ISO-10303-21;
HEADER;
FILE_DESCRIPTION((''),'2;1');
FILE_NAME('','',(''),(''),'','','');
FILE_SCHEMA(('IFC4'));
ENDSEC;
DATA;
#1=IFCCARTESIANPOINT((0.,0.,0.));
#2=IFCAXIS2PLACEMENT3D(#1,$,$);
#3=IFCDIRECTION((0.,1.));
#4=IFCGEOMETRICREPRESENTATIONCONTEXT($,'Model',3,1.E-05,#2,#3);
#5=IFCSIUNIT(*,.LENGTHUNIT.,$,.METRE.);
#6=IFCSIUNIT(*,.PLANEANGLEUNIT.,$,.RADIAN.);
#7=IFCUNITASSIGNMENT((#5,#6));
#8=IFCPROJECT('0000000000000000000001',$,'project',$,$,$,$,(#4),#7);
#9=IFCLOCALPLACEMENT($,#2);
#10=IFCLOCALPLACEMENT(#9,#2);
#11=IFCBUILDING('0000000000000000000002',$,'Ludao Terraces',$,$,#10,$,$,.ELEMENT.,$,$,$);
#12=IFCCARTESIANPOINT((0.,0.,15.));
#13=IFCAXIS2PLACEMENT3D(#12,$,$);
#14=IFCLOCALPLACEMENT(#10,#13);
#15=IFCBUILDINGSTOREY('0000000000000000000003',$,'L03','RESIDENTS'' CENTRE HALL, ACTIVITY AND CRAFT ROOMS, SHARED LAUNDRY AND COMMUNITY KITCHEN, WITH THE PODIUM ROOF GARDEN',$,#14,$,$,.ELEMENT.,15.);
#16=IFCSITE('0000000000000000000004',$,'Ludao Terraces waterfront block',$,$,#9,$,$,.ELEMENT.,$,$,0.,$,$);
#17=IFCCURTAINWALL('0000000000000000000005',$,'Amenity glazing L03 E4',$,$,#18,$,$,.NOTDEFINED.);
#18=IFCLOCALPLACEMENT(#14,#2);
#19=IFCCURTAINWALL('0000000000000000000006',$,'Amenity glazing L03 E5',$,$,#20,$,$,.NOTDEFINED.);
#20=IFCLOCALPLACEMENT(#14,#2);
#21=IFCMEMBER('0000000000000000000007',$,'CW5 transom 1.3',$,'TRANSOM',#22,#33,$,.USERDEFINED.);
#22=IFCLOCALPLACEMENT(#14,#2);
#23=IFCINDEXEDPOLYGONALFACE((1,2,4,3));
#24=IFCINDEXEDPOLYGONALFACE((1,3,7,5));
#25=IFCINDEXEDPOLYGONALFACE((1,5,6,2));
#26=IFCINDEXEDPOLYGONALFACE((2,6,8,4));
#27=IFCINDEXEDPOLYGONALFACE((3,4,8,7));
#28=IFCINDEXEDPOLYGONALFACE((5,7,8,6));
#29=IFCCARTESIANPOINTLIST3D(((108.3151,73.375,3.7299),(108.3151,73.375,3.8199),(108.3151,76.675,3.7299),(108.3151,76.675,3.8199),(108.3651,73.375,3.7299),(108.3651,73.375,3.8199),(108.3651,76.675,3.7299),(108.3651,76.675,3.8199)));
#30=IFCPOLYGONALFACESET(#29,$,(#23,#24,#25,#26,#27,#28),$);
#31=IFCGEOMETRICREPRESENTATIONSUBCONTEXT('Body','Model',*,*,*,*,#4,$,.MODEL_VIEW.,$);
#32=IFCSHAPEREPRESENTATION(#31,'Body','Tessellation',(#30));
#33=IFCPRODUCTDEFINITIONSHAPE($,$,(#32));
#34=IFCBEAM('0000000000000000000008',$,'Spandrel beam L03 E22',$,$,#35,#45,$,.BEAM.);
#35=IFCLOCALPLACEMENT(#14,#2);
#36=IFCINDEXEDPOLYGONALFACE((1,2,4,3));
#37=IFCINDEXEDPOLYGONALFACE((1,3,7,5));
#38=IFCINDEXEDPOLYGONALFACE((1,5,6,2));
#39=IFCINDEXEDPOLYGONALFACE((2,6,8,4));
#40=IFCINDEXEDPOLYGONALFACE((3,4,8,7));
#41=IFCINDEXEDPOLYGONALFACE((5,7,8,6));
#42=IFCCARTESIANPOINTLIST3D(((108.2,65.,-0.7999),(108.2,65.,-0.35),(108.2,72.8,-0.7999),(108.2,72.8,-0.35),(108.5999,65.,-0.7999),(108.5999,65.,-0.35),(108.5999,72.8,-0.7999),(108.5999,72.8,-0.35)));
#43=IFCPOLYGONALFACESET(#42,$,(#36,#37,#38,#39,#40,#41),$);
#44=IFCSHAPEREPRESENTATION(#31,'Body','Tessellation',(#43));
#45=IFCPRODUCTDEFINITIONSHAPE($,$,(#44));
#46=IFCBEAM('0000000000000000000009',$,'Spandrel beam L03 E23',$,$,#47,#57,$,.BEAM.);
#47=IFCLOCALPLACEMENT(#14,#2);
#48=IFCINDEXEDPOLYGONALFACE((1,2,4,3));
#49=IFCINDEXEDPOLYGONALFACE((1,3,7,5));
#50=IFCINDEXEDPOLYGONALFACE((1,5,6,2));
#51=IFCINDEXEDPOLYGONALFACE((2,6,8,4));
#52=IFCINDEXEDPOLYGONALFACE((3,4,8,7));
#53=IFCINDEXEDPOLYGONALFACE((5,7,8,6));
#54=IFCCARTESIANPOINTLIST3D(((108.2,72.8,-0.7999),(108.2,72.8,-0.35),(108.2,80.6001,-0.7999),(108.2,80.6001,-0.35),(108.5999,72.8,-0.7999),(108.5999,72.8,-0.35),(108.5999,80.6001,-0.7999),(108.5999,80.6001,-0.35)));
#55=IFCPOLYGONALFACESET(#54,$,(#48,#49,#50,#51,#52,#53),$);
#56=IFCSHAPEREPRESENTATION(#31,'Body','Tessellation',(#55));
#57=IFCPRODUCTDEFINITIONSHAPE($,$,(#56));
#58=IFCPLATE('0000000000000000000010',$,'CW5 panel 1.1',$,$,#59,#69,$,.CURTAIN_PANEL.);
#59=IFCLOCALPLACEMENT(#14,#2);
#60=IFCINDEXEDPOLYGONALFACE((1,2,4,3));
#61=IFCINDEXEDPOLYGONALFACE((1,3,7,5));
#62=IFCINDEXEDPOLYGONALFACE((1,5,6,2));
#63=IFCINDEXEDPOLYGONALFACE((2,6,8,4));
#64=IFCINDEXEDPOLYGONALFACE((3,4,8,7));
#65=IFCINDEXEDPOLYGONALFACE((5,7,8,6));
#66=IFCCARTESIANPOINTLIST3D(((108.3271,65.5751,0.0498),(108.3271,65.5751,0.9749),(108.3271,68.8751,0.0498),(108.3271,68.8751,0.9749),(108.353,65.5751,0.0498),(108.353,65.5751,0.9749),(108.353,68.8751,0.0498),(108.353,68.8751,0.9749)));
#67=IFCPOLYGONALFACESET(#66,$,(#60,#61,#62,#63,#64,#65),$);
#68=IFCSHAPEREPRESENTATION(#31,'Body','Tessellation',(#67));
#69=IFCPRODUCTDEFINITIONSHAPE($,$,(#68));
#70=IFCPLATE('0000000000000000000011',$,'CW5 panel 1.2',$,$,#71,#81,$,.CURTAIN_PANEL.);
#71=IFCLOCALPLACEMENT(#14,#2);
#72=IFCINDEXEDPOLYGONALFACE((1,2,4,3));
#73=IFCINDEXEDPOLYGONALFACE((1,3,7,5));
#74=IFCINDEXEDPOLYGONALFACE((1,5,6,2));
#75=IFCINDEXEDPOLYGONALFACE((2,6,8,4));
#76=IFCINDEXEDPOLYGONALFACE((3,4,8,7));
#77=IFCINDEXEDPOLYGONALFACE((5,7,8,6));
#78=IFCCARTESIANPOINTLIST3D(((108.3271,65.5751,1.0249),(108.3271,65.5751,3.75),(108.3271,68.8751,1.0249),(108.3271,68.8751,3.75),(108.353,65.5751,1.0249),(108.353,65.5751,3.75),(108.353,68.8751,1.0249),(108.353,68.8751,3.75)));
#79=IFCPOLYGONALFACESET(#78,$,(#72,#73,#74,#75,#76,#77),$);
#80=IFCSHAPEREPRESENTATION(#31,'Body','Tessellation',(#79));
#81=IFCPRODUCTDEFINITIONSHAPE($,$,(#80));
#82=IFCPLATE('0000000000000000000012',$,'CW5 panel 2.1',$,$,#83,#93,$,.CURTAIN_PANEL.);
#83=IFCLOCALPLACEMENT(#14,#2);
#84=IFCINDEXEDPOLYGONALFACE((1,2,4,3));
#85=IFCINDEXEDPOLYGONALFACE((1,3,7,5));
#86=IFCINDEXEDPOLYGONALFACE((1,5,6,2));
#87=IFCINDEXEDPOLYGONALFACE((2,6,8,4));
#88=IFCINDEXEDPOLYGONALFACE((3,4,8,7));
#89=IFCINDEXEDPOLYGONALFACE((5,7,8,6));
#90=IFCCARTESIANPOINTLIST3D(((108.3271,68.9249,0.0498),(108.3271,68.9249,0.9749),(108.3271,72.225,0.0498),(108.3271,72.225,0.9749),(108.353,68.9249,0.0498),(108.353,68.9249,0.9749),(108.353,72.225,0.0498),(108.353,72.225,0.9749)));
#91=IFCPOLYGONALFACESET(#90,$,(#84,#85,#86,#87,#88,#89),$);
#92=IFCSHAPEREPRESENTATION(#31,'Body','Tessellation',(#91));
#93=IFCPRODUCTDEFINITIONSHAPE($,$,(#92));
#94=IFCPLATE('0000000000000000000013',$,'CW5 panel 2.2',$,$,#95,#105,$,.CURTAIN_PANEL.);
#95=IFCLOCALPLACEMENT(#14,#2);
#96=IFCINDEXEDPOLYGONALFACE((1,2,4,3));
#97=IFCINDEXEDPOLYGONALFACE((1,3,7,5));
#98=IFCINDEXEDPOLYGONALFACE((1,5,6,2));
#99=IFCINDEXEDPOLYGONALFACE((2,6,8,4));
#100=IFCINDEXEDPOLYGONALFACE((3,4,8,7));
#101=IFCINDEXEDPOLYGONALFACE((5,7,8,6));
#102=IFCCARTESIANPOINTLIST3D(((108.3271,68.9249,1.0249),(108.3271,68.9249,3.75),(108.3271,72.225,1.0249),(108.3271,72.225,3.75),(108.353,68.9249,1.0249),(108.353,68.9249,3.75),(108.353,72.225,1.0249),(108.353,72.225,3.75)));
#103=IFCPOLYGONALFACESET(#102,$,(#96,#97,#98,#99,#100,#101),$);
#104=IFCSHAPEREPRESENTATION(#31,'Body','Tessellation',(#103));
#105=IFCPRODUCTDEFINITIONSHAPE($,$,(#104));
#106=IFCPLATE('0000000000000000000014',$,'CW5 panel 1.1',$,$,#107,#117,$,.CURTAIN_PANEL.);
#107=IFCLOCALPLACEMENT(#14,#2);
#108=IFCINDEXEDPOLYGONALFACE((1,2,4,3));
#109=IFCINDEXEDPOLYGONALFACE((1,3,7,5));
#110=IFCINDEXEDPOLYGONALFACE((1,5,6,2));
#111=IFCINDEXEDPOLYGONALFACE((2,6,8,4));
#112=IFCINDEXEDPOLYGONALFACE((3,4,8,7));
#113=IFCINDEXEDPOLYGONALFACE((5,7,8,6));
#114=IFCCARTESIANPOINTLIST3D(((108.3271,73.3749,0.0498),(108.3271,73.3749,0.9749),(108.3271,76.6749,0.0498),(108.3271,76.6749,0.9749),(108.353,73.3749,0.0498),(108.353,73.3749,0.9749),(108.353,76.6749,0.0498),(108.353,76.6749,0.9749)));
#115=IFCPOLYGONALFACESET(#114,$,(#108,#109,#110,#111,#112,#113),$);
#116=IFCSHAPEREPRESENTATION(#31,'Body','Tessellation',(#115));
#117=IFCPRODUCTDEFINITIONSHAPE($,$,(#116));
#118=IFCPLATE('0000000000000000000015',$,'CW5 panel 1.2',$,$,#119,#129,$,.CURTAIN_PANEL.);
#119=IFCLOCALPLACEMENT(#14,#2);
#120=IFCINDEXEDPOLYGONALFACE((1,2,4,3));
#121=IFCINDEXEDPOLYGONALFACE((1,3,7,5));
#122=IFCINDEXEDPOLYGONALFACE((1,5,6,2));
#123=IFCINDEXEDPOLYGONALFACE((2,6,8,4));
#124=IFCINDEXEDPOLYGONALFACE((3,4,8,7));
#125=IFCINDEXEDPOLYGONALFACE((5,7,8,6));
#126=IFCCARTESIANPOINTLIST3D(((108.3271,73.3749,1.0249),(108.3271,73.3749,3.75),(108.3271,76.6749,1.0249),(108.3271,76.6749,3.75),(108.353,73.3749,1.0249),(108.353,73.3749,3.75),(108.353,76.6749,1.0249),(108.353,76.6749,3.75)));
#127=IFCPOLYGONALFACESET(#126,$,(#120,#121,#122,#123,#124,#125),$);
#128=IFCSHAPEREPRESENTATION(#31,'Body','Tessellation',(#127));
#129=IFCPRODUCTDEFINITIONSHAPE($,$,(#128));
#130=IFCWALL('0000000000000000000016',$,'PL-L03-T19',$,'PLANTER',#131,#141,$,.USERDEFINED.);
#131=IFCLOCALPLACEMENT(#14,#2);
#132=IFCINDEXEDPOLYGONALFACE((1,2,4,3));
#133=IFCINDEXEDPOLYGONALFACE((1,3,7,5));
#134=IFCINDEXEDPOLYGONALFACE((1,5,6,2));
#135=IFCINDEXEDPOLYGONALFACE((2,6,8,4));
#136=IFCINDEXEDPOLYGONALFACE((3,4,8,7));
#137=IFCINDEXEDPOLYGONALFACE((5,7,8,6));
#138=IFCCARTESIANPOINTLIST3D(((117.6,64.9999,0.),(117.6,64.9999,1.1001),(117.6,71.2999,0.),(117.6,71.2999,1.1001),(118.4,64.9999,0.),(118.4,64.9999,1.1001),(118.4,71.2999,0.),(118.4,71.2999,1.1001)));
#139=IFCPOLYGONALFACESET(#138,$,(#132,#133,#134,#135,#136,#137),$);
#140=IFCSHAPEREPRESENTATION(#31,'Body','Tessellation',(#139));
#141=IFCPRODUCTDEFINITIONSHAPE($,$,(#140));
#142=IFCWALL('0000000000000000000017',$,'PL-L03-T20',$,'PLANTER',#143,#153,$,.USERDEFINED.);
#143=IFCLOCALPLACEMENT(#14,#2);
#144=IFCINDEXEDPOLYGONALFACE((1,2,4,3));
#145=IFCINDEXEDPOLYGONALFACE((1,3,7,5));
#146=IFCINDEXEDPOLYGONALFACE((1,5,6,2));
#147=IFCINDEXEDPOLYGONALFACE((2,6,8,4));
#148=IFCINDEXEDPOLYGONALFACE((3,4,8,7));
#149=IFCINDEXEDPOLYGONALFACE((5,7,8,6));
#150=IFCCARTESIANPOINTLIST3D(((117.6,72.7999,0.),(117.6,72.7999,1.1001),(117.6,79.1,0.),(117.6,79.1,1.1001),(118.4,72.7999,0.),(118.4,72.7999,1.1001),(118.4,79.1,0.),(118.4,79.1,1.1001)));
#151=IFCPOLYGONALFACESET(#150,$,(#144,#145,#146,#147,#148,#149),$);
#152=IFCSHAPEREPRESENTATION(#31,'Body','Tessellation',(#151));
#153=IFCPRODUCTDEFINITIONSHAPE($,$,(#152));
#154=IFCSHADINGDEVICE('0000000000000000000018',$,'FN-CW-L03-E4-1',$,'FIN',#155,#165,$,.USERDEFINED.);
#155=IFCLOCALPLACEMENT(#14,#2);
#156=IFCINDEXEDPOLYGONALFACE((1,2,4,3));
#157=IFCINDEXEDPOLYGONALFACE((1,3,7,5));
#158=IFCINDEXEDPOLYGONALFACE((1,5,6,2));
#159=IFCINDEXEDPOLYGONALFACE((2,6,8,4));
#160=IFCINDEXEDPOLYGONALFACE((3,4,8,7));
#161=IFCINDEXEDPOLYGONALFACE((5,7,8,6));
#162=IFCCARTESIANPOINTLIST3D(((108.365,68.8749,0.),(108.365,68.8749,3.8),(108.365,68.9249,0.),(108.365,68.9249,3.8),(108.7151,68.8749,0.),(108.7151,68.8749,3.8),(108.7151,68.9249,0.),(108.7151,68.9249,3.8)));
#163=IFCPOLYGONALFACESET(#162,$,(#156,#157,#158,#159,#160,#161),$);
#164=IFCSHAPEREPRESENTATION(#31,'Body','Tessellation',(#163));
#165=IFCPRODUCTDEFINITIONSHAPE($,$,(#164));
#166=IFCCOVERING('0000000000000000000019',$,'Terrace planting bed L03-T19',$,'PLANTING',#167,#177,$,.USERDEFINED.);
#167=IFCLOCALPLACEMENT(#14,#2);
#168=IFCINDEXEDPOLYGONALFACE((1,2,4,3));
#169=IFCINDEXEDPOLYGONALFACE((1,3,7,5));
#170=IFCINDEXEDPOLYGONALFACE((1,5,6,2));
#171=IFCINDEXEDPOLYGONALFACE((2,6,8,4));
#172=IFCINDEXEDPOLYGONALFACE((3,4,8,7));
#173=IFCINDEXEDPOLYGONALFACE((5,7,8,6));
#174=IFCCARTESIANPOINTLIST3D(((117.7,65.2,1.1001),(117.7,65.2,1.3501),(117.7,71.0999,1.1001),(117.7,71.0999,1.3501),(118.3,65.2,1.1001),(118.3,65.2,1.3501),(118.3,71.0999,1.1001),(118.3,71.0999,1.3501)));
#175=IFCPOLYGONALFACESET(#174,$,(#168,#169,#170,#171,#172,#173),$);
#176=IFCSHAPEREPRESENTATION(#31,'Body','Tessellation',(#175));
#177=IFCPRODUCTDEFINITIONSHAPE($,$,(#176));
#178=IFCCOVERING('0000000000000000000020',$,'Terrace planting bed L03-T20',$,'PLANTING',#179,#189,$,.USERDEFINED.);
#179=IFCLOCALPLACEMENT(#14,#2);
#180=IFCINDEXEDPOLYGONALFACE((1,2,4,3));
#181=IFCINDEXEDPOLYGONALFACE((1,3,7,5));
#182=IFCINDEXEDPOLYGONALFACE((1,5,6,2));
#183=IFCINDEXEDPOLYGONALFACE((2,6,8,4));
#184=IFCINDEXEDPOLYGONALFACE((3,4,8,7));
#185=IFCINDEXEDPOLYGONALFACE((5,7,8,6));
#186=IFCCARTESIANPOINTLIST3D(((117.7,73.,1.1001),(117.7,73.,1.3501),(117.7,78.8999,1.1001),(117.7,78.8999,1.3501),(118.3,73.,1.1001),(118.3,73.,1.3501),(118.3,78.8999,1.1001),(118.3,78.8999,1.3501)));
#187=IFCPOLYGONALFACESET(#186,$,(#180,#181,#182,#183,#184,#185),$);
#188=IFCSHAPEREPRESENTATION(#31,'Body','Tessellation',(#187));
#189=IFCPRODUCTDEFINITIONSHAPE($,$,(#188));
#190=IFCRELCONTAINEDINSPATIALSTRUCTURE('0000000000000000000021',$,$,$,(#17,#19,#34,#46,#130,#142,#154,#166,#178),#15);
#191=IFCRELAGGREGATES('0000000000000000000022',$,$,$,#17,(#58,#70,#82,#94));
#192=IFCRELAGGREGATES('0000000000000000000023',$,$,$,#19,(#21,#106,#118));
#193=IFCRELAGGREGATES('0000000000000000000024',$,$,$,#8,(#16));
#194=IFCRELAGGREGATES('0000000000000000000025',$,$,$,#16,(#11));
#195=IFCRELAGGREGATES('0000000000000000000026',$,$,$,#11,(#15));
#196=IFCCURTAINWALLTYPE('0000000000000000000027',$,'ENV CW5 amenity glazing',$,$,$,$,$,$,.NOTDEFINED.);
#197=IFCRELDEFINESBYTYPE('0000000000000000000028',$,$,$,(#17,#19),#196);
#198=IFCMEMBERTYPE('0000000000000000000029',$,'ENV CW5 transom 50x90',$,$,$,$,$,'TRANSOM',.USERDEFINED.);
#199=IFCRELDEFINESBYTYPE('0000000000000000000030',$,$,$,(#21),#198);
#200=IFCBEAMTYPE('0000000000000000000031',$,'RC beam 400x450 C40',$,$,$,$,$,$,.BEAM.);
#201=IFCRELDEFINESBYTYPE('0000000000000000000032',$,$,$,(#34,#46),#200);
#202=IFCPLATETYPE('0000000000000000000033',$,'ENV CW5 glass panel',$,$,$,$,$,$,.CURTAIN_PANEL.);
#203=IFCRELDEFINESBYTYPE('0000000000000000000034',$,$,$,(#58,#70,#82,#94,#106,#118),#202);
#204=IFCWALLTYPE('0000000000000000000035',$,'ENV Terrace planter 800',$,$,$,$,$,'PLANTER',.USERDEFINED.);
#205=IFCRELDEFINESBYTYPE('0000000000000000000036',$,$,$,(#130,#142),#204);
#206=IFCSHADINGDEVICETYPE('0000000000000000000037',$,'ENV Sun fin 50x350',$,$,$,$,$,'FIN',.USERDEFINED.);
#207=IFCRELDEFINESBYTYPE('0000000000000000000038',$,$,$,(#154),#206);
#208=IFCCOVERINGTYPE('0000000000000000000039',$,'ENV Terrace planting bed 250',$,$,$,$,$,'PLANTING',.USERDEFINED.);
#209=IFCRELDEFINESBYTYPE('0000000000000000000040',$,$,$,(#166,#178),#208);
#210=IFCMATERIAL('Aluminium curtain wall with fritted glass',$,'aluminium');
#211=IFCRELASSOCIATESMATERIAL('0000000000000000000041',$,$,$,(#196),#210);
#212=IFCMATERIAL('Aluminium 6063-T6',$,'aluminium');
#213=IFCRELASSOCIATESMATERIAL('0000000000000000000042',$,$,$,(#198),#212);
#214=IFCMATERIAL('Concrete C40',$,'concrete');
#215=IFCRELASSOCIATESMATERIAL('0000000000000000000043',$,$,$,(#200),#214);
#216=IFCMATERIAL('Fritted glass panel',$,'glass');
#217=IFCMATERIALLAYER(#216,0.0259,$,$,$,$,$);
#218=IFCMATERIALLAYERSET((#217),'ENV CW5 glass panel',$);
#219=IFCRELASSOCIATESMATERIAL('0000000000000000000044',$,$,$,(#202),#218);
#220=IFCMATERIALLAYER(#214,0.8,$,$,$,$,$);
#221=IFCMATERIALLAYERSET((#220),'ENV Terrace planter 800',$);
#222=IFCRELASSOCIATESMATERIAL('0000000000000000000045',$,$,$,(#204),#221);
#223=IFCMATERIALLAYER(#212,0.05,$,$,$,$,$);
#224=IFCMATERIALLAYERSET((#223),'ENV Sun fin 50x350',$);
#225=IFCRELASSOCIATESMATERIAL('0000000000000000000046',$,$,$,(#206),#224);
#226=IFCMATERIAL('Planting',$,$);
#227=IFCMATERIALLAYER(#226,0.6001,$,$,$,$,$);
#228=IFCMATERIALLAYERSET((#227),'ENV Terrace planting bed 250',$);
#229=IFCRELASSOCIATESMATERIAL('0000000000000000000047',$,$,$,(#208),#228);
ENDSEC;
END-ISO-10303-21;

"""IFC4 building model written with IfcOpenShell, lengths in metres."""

from ifc_helpers import new_model, si_unit, direction, frame, frame_2d, origin, origin_2d, place, context, subcontext, project, spatial, rectangle, extrude, material, layer, layer_set, material_profile, profile_set, type_object, element, aggregate, save


model = new_model("IFC4")

# Units and contexts
model_context = context("Model", 3, precision=1e-05, world=origin(), true_north=direction((0.0, 1.0)))
body_context = subcontext(model_context, "Body", "Model", "MODEL_VIEW")
ifc_project = project(units=[si_unit("LENGTHUNIT", "METRE"), si_unit("PLANEANGLEUNIT", "RADIAN")], contexts=[model_context])

# Site, building, storey
site_placement = place(None, origin())
site = spatial("IfcSite", under=ifc_project, at=site_placement, Name="Ludao Terraces waterfront block", CompositionType="ELEMENT", RefElevation=0.0)
building_placement = place(site_placement, origin())
building = spatial("IfcBuilding", under=site, at=building_placement, Name="Ludao Terraces", CompositionType="ELEMENT")
storey_placement = place(building_placement, frame((0.0, 0.0, 15.0)))
storey = spatial("IfcBuildingStorey", under=building, at=storey_placement, Name="L03", Description="RESIDENTS' CENTRE HALL, ACTIVITY AND CRAFT ROOMS, SHARED LAUNDRY AND COMMUNITY KITCHEN, WITH THE PODIUM ROOF GARDEN", CompositionType="ELEMENT", Elevation=15.0)

# Curtain walls
ifc_material_1 = material(Name="Aluminium curtain wall with fritted glass", Category="aluminium")
curtain_wall_type = type_object("IfcCurtainWallType", Name="ENV CW5 amenity glazing", PredefinedType="NOTDEFINED", material=ifc_material_1)
curtain_wall_1_placement = place(storey_placement, origin())
curtain_wall_1 = element("IfcCurtainWall", 1, at=curtain_wall_1_placement, inside=storey, type_object=curtain_wall_type, Name="Amenity glazing L03 E4", PredefinedType="NOTDEFINED")
ifc_material_2 = material(Name="Aluminium 6063-T6", Category="aluminium")
curtain_wall_2_placement = place(storey_placement, origin())
curtain_wall_2 = element("IfcCurtainWall", 2, at=curtain_wall_2_placement, inside=storey, type_object=curtain_wall_type, Name="Amenity glazing L03 E5", PredefinedType="NOTDEFINED")

# Member
ifc_material_profile_1 = material_profile(ifc_material_2, rectangle(XDim=0.05, YDim=0.0901, at=origin_2d()), Name="50 X 90")
ifc_profile_set_1 = profile_set([ifc_material_profile_1], Name="Aluminium 6063-T6")
member_type_1 = type_object("IfcMemberType", Name="ENV CW5 transom 50x90", ElementType="TRANSOM", PredefinedType="USERDEFINED", material=ifc_profile_set_1)
member_1_placement = place(storey_placement, frame((108.3401, 73.375, 3.7749), z_axis=(0.0, 1.0, 0.0), x_axis=(-1.0, 0.0, 0.0)))
member_1 = element("IfcMember", 3, at=member_1_placement, type_object=member_type_1, Name="CW5 transom 1.3", ObjectType="TRANSOM", PredefinedType="USERDEFINED", context=body_context, shape_type="SweptSolid", body=[
    extrude(rectangle(XDim=0.05, YDim=0.0901, at=origin_2d()), origin(), (0.0, 0.0, 1.0), 3.3),
])

# Beams
ifc_material_3 = material(Name="Concrete C40", Category="concrete")
ifc_material_profile_2 = material_profile(ifc_material_3, rectangle(XDim=0.3999, YDim=0.45, at=origin_2d()), Name="400 X 450")
ifc_profile_set_2 = profile_set([ifc_material_profile_2], Name="Concrete C40")
beam_type = type_object("IfcBeamType", Name="RC beam 400x450 C40", PredefinedType="BEAM", material=ifc_profile_set_2)
for number, where, z_axis, x_axis, name in (
    (4, (108.3999, 65.0, -0.575), (0.0, 1.0, 0.0), (-1.0, 0.0, 0.0), "Spandrel beam L03 E22"),
    (5, (108.3999, 72.8, -0.575), (0.0, 1.0, 0.0), (-1.0, 0.0, 0.0), "Spandrel beam L03 E23"),
):
    element("IfcBeam", number, at=place(storey_placement, frame(where, z_axis=z_axis, x_axis=x_axis)), inside=storey, type_object=beam_type, Name=name, PredefinedType="BEAM", context=body_context, shape_type="SweptSolid", body=[
        extrude(rectangle(XDim=0.3999, YDim=0.45, at=origin_2d()), origin(), (0.0, 0.0, 1.0), 7.8),
    ])

# Plates
ifc_material_4 = material(Name="Fritted glass panel", Category="glass")
ifc_layer_1 = layer(ifc_material_4, 0.0259)
ifc_layer_set_1 = layer_set([ifc_layer_1], Name="ENV CW5 glass panel")
plate_type = type_object("IfcPlateType", Name="ENV CW5 glass panel", PredefinedType="CURTAIN_PANEL", material=ifc_layer_set_1)
plate_1_placement = place(storey_placement, frame((108.3401, 67.2251, 0.0498), z_axis=(0.0, 0.0, 1.0), x_axis=(0.0, 1.0, 0.0)))
plate_1 = element("IfcPlate", 6, at=plate_1_placement, type_object=plate_type, Name="CW5 panel 1.1", PredefinedType="CURTAIN_PANEL", context=body_context, shape_type="SweptSolid", body=[
    extrude(rectangle(XDim=3.3, YDim=0.0259, at=origin_2d()), origin(), (0.0, 0.0, 1.0), 0.925),
])
plate_2_placement = place(storey_placement, frame((108.3401, 67.2251, 1.0249), z_axis=(0.0, 0.0, 1.0), x_axis=(0.0, 1.0, 0.0)))
plate_2 = element("IfcPlate", 7, at=plate_2_placement, type_object=plate_type, Name="CW5 panel 1.2", PredefinedType="CURTAIN_PANEL", context=body_context, shape_type="SweptSolid", body=[
    extrude(rectangle(XDim=3.3, YDim=0.0259, at=origin_2d()), origin(), (0.0, 0.0, 1.0), 2.7251),
])
plate_3_placement = place(storey_placement, frame((108.3401, 70.575, 0.0498), z_axis=(0.0, 0.0, 1.0), x_axis=(0.0, 1.0, 0.0)))
plate_3 = element("IfcPlate", 8, at=plate_3_placement, type_object=plate_type, Name="CW5 panel 2.1", PredefinedType="CURTAIN_PANEL", context=body_context, shape_type="SweptSolid", body=[
    extrude(rectangle(XDim=3.3, YDim=0.0259, at=origin_2d()), origin(), (0.0, 0.0, 1.0), 0.925),
])
plate_4_placement = place(storey_placement, frame((108.3401, 70.575, 1.0249), z_axis=(0.0, 0.0, 1.0), x_axis=(0.0, 1.0, 0.0)))
plate_4 = element("IfcPlate", 9, at=plate_4_placement, type_object=plate_type, Name="CW5 panel 2.2", PredefinedType="CURTAIN_PANEL", context=body_context, shape_type="SweptSolid", body=[
    extrude(rectangle(XDim=3.3, YDim=0.0259, at=origin_2d()), origin(), (0.0, 0.0, 1.0), 2.7251),
])
aggregate(curtain_wall_1, [plate_1, plate_2, plate_3, plate_4])
plate_5_placement = place(storey_placement, frame((108.3401, 75.0249, 0.0498), z_axis=(0.0, 0.0, 1.0), x_axis=(0.0, 1.0, 0.0)))
plate_5 = element("IfcPlate", 10, at=plate_5_placement, type_object=plate_type, Name="CW5 panel 1.1", PredefinedType="CURTAIN_PANEL", context=body_context, shape_type="SweptSolid", body=[
    extrude(rectangle(XDim=3.3, YDim=0.0259, at=origin_2d()), origin(), (0.0, 0.0, 1.0), 0.925),
])
plate_6_placement = place(storey_placement, frame((108.3401, 75.0249, 1.0249), z_axis=(0.0, 0.0, 1.0), x_axis=(0.0, 1.0, 0.0)))
plate_6 = element("IfcPlate", 11, at=plate_6_placement, type_object=plate_type, Name="CW5 panel 1.2", PredefinedType="CURTAIN_PANEL", context=body_context, shape_type="SweptSolid", body=[
    extrude(rectangle(XDim=3.3, YDim=0.0259, at=origin_2d()), origin(), (0.0, 0.0, 1.0), 2.7251),
])
aggregate(curtain_wall_2, [member_1, plate_5, plate_6])

# Walls
ifc_layer_2 = layer(ifc_material_3, 0.8)
ifc_layer_set_2 = layer_set([ifc_layer_2], Name="ENV Terrace planter 800")
wall_type = type_object("IfcWallType", Name="ENV Terrace planter 800", ElementType="PLANTER", PredefinedType="USERDEFINED", material=ifc_layer_set_2)
for number, where, z_axis, x_axis, name in (
    (12, (118.0, 65.0, 0.0), (0.0, 0.0, 1.0), (0.0, 1.0, 0.0), "PL-L03-T19"),
    (13, (118.0, 72.8, 0.0), (0.0, 0.0, 1.0), (0.0, 1.0, 0.0), "PL-L03-T20"),
):
    element("IfcWall", number, at=place(storey_placement, frame(where, z_axis=z_axis, x_axis=x_axis)), inside=storey, type_object=wall_type, Name=name, ObjectType="PLANTER", PredefinedType="USERDEFINED", context=body_context, shape_type="SweptSolid", body=[
        extrude(rectangle(XDim=6.3, YDim=0.8, at=frame_2d((3.1499, 0.0))), origin(), (0.0, 0.0, 1.0), 1.1001),
    ])

# Shading device
ifc_layer_3 = layer(ifc_material_2, 0.05)
ifc_layer_set_3 = layer_set([ifc_layer_3], Name="ENV Sun fin 50x350")
shading_device_type = type_object("IfcShadingDeviceType", Name="ENV Sun fin 50x350", ElementType="FIN", PredefinedType="USERDEFINED", material=ifc_layer_set_3)
shading_device_placement = place(storey_placement, frame((108.54, 68.8999, 0.0), z_axis=(0.0, 0.0, 1.0), x_axis=(1.0, 0.0, 0.0)))
element("IfcShadingDevice", 14, at=shading_device_placement, inside=storey, type_object=shading_device_type, Name="FN-CW-L03-E4-1", ObjectType="FIN", PredefinedType="USERDEFINED", context=body_context, shape_type="SweptSolid", body=[
    extrude(rectangle(XDim=0.3501, YDim=0.05, at=origin_2d()), origin(), (0.0, 0.0, 1.0), 3.8),
])

# Coverings
ifc_material_5 = material(Name="Planting")
ifc_layer_4 = layer(ifc_material_5, 0.6001)
ifc_layer_set_4 = layer_set([ifc_layer_4], Name="ENV Terrace planting bed 250")
covering_type_1 = type_object("IfcCoveringType", Name="ENV Terrace planting bed 250", ElementType="PLANTING", PredefinedType="USERDEFINED", material=ifc_layer_set_4)
for number, where, z_axis, x_axis, name in (
    (15, (118.0, 68.1499, 1.1001), (0.0, 0.0, 1.0), (1.0, 0.0, 0.0), "Terrace planting bed L03-T19"),
    (16, (118.0, 75.95, 1.1001), (0.0, 0.0, 1.0), (1.0, 0.0, 0.0), "Terrace planting bed L03-T20"),
):
    element("IfcCovering", number, at=place(storey_placement, frame(where, z_axis=z_axis, x_axis=x_axis)), inside=storey, type_object=covering_type_1, Name=name, ObjectType="PLANTING", PredefinedType="USERDEFINED", context=body_context, shape_type="SweptSolid", body=[
        extrude(rectangle(XDim=0.6001, YDim=5.8999, at=origin_2d()), origin(), (0.0, 0.0, 1.0), 0.25),
    ])

save(model, "model.ifc")
